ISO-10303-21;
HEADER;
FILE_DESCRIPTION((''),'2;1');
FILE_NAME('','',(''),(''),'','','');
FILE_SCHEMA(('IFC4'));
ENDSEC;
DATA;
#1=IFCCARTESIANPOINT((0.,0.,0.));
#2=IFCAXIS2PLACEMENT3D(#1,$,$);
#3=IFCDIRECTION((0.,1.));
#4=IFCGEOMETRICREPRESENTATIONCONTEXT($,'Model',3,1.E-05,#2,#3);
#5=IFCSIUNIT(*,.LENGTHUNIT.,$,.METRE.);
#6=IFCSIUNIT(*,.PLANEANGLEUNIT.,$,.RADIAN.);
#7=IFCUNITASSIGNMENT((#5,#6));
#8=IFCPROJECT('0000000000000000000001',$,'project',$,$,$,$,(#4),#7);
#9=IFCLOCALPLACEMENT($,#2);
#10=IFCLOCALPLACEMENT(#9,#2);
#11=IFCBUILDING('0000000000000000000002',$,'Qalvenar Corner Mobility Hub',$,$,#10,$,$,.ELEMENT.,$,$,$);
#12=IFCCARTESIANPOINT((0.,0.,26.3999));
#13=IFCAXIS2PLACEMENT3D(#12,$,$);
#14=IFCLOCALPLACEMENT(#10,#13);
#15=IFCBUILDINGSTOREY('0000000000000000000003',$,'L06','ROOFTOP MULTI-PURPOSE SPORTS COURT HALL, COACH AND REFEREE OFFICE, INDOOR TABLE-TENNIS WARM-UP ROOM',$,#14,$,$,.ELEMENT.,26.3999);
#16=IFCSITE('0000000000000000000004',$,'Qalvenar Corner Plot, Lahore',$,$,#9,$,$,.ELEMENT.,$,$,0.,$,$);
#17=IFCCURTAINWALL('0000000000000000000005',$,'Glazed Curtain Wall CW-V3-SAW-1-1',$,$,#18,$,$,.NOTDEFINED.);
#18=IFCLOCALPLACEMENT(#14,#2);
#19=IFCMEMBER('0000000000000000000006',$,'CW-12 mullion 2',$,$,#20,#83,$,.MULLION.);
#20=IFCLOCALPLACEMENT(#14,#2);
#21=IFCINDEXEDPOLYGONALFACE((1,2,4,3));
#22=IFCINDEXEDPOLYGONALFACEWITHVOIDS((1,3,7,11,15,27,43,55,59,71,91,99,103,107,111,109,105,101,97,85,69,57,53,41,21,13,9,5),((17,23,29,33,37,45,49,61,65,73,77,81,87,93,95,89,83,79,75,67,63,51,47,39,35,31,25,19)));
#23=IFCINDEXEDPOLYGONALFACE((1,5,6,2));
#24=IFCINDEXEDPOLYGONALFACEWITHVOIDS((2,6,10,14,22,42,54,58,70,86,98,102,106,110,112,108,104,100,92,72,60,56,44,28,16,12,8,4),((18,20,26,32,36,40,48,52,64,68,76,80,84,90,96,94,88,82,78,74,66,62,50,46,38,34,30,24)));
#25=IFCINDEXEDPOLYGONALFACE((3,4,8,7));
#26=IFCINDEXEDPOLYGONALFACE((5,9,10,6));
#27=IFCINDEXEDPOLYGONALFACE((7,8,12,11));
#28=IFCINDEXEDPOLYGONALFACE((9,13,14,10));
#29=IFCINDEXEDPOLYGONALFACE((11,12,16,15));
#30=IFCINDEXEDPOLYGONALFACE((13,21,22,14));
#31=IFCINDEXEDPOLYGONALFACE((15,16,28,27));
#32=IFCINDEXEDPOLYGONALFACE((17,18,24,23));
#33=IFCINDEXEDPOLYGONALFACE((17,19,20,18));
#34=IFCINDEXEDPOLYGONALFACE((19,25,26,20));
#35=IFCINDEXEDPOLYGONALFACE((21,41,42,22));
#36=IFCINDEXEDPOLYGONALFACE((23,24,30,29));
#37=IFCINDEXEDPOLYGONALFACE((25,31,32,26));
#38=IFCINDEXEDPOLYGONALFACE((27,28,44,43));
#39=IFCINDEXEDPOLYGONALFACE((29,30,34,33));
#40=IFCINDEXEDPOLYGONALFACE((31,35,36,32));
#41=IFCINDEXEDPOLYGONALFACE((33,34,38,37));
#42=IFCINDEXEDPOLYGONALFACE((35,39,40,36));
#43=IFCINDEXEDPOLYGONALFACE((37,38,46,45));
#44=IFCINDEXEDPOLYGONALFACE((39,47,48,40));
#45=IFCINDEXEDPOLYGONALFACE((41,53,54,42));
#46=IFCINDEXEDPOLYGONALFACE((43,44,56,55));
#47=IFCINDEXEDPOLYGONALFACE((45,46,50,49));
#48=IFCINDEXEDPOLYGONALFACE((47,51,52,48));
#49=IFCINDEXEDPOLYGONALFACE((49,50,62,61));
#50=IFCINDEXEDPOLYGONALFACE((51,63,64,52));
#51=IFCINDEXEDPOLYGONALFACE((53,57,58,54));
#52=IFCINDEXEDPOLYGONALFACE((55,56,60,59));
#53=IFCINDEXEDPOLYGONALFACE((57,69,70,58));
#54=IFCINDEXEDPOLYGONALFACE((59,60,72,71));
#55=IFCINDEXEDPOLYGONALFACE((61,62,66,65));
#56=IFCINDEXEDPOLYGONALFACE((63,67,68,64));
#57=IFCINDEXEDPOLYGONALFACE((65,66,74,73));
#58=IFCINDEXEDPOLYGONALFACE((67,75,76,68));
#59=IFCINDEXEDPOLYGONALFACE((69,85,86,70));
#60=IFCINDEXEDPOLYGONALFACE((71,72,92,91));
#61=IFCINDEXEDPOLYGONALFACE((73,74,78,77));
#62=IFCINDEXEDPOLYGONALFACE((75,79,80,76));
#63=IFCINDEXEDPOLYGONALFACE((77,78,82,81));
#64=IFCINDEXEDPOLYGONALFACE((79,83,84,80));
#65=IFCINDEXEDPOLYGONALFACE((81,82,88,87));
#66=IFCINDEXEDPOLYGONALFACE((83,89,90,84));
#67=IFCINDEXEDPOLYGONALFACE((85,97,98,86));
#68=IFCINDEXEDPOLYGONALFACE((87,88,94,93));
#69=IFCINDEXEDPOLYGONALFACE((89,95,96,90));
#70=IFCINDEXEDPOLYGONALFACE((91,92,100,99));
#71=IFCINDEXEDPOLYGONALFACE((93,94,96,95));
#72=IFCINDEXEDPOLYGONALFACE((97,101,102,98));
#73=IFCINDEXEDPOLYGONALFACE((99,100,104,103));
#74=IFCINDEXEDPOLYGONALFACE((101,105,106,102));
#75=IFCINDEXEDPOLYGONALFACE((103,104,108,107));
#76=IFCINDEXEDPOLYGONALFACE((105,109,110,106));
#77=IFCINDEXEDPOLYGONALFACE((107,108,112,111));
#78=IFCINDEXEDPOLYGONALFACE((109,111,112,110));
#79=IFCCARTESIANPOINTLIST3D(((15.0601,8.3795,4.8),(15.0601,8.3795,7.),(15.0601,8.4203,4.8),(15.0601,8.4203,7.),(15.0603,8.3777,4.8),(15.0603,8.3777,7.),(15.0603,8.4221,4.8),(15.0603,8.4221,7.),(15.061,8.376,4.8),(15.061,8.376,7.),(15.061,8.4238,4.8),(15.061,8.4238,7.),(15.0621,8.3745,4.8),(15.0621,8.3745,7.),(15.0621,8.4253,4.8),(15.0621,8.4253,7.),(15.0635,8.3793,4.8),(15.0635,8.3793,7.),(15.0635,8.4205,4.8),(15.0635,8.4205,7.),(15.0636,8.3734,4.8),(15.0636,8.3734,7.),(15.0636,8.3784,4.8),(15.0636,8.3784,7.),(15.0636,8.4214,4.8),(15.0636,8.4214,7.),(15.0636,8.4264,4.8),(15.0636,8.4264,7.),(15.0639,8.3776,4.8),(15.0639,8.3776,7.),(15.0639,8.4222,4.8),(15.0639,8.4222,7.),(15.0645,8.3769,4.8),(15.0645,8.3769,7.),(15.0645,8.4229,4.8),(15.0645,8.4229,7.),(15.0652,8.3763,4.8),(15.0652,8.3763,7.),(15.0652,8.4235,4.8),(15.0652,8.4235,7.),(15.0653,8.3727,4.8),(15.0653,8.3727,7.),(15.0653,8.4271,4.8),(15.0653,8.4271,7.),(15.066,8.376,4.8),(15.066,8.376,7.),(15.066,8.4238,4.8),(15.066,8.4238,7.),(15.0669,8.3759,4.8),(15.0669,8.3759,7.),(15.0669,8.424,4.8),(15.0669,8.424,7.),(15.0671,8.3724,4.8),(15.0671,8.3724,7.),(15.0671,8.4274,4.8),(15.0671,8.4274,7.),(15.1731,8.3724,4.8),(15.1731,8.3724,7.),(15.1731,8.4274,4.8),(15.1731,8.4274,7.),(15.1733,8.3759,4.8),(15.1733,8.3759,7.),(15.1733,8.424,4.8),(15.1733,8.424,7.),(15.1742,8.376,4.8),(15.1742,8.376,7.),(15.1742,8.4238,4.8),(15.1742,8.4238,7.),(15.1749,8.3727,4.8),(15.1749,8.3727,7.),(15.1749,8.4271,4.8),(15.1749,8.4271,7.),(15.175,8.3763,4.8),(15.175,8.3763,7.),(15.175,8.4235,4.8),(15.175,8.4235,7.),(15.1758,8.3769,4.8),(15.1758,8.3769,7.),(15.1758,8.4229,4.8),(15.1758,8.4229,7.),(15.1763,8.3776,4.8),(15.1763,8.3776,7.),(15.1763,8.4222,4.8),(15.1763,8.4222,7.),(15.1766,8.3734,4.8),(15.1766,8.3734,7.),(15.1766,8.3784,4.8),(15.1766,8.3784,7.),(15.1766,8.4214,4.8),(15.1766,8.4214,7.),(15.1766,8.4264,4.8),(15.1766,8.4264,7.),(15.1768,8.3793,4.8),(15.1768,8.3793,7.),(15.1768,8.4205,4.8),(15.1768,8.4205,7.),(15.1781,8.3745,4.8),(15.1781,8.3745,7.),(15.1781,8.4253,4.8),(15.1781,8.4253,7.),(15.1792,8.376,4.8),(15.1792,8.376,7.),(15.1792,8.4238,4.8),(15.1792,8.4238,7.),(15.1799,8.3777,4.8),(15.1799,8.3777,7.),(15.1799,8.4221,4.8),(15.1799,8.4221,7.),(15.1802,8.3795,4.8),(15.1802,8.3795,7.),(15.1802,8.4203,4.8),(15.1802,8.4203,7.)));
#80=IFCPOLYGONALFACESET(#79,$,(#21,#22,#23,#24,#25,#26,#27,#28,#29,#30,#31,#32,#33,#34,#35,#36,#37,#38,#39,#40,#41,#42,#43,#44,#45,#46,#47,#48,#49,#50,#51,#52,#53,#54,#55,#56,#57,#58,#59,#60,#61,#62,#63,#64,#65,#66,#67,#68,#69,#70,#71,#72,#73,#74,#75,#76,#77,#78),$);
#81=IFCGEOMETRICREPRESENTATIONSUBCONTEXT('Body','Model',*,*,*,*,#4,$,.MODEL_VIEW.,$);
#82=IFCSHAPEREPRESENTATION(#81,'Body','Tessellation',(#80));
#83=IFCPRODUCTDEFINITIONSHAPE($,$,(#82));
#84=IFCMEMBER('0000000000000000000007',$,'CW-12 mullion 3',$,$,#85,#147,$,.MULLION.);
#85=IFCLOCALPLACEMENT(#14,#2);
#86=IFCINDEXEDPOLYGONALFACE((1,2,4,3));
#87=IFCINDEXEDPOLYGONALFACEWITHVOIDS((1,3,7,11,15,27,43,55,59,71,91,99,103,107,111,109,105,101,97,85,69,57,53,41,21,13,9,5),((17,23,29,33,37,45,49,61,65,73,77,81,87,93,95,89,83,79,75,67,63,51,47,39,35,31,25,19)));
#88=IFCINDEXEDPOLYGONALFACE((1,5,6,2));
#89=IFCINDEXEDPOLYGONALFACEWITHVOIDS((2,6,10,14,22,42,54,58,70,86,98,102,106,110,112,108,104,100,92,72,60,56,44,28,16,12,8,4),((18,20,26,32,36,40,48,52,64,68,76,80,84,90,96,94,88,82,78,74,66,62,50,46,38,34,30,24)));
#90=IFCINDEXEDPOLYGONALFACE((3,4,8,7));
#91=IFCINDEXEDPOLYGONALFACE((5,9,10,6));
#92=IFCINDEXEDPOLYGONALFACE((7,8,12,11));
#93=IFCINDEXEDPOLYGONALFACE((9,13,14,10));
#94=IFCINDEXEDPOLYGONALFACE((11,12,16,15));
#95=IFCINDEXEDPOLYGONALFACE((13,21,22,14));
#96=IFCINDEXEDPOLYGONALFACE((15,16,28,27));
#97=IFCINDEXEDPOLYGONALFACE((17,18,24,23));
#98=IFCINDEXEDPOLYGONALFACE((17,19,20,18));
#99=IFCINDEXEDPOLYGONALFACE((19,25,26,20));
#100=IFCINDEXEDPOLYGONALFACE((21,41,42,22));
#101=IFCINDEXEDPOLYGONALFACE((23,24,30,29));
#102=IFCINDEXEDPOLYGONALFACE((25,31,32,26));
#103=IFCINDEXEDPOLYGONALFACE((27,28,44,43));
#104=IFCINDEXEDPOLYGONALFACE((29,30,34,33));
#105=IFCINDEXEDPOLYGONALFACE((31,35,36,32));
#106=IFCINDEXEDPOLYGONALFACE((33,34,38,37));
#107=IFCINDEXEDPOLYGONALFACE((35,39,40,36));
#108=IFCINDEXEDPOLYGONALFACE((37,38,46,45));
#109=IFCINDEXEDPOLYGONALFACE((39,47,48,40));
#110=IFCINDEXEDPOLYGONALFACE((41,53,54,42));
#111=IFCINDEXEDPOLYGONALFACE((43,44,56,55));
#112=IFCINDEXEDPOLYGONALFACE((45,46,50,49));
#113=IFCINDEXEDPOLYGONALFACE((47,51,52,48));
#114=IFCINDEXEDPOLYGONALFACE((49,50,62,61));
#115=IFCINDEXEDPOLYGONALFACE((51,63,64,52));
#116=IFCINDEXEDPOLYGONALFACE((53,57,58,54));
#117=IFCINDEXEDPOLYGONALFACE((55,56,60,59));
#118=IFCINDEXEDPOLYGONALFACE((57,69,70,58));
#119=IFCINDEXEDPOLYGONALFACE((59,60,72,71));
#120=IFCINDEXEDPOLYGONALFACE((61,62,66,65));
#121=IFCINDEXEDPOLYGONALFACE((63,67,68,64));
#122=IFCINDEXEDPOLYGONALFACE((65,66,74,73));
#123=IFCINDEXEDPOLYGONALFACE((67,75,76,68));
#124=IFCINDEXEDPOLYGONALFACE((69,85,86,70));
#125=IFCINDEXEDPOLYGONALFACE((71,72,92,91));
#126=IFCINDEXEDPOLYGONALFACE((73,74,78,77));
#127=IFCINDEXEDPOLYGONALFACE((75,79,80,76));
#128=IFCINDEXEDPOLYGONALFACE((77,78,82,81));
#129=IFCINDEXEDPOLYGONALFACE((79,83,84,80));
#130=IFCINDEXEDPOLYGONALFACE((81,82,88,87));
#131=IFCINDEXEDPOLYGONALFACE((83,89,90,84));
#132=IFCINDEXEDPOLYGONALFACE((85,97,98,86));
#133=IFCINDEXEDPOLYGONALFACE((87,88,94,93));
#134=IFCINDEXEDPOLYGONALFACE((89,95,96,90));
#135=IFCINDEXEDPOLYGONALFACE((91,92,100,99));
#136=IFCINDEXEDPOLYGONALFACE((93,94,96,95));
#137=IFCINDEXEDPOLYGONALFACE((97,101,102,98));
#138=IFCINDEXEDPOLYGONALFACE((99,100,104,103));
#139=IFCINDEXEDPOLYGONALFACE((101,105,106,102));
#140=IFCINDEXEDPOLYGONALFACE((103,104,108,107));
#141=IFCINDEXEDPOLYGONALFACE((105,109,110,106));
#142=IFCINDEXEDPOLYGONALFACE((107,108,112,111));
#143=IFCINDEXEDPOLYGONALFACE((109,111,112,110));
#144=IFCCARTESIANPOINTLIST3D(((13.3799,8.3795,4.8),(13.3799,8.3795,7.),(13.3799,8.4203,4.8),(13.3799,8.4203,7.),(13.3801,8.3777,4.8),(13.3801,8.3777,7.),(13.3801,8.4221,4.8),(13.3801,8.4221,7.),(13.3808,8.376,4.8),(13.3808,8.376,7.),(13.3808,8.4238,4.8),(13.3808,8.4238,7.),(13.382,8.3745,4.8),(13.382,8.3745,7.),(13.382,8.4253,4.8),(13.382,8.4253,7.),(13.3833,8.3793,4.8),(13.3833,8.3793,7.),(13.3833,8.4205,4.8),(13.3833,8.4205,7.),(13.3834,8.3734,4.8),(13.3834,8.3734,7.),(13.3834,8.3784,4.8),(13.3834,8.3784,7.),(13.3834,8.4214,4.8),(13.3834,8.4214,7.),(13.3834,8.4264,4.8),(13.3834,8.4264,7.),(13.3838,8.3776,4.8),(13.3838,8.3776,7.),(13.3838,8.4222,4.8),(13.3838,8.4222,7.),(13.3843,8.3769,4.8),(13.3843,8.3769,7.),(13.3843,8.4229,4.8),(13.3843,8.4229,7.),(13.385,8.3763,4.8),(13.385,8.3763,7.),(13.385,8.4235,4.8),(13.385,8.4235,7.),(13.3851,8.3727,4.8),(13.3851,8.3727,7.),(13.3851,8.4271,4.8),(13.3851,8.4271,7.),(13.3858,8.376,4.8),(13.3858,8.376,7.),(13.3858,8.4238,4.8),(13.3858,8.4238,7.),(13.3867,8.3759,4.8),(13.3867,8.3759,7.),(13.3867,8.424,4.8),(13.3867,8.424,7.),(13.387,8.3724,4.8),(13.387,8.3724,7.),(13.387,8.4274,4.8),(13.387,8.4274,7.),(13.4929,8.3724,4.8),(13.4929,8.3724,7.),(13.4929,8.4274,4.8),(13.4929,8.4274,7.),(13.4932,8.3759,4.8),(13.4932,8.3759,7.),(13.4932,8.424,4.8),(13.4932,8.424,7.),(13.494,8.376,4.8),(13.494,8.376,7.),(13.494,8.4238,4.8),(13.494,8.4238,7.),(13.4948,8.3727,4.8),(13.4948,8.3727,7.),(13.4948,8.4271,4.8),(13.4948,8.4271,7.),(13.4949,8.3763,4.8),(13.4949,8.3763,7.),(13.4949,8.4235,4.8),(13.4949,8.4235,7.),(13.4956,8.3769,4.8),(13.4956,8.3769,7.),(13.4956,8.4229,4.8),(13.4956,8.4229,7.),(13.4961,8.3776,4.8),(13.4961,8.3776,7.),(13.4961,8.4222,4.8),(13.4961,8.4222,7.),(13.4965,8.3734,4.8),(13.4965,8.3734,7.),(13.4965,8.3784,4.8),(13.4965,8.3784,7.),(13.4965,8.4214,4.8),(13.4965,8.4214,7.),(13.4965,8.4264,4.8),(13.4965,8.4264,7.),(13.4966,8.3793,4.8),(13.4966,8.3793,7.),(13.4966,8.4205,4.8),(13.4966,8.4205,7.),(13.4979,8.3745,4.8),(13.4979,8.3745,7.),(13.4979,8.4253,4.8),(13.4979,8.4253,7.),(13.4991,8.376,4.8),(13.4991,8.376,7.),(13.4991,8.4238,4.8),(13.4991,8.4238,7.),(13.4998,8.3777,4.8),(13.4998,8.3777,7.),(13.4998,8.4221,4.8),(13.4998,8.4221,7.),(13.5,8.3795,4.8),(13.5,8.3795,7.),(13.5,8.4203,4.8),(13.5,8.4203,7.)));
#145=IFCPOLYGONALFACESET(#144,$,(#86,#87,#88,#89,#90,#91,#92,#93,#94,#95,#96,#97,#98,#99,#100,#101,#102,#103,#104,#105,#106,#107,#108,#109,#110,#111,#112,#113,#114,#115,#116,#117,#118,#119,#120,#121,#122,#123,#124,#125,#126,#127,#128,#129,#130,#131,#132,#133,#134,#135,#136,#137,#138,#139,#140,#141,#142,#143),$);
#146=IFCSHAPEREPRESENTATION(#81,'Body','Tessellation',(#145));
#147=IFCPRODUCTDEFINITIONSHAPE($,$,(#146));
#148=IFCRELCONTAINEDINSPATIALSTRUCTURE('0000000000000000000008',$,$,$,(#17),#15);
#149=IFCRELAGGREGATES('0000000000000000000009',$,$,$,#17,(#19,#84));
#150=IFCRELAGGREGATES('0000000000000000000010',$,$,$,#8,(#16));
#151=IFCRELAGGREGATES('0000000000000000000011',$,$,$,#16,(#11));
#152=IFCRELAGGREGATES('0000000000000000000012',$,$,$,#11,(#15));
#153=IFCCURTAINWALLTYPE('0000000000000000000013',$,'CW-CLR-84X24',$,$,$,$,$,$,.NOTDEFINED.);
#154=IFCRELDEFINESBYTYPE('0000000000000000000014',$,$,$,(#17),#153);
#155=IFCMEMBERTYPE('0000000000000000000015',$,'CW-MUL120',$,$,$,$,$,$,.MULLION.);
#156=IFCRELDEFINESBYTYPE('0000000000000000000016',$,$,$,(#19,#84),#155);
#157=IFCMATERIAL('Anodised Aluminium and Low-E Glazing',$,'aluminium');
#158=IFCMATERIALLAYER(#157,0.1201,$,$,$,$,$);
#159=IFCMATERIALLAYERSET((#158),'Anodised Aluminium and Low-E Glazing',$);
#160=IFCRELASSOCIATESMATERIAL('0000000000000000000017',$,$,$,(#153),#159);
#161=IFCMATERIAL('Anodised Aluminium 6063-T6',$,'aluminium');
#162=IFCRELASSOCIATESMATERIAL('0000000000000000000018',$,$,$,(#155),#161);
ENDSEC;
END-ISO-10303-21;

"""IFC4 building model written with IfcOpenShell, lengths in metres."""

from ifc_helpers import new_model, si_unit, direction, frame, origin, origin_2d, place, context, subcontext, project, spatial, hollow_rectangle, extrude, material, layer, layer_set, material_profile, profile_set, type_object, element, aggregate, save


model = new_model("IFC4")

# Units and contexts
model_context = context("Model", 3, precision=1e-05, world=origin(), true_north=direction((0.0, 1.0)))
body_context = subcontext(model_context, "Body", "Model", "MODEL_VIEW")
ifc_project = project(units=[si_unit("LENGTHUNIT", "METRE"), si_unit("PLANEANGLEUNIT", "RADIAN")], contexts=[model_context])

# Site, building, storey
site_placement = place(None, origin())
site = spatial("IfcSite", under=ifc_project, at=site_placement, Name="Qalvenar Corner Plot, Lahore", CompositionType="ELEMENT", RefElevation=0.0)
building_placement = place(site_placement, origin())
building = spatial("IfcBuilding", under=site, at=building_placement, Name="Qalvenar Corner Mobility Hub", CompositionType="ELEMENT")
storey_placement = place(building_placement, frame((0.0, 0.0, 26.3999)))
storey = spatial("IfcBuildingStorey", under=building, at=storey_placement, Name="L06", Description="ROOFTOP MULTI-PURPOSE SPORTS COURT HALL, COACH AND REFEREE OFFICE, INDOOR TABLE-TENNIS WARM-UP ROOM", CompositionType="ELEMENT", Elevation=26.3999)

# Curtain wall, members
ifc_material_1 = material(Name="Anodised Aluminium and Low-E Glazing", Category="aluminium")
ifc_layer_1 = layer(ifc_material_1, 0.1201)
ifc_layer_set_1 = layer_set([ifc_layer_1], Name="Anodised Aluminium and Low-E Glazing")
curtain_wall_type = type_object("IfcCurtainWallType", Name="CW-CLR-84X24", PredefinedType="NOTDEFINED", material=ifc_layer_set_1)
curtain_wall_placement = place(storey_placement, origin())
curtain_wall = element("IfcCurtainWall", 1, at=curtain_wall_placement, inside=storey, type_object=curtain_wall_type, Name="Glazed Curtain Wall CW-V3-SAW-1-1", PredefinedType="NOTDEFINED")
ifc_material_2 = material(Name="Anodised Aluminium 6063-T6", Category="aluminium")
ifc_material_profile_1 = material_profile(ifc_material_2, hollow_rectangle(XDim=0.0549, YDim=0.1201, WallThickness=0.0034, InnerFilletRadius=0.0034, OuterFilletRadius=0.0071, at=origin_2d()), Name="RHS120x55x3.5")
ifc_profile_set_1 = profile_set([ifc_material_profile_1], Name="Anodised Aluminium 6063-T6")
member_type_1 = type_object("IfcMemberType", Name="CW-MUL120", PredefinedType="MULLION", material=ifc_profile_set_1)
member_1_placement = place(storey_placement, frame((15.1201, 8.3999, 4.8), z_axis=(0.0, 0.0, 1.0), x_axis=(0.0, -1.0, 0.0)))
member_1 = element("IfcMember", 2, at=member_1_placement, type_object=member_type_1, Name="CW-12 mullion 2", PredefinedType="MULLION", context=body_context, shape_type="SweptSolid", body=[
    extrude(hollow_rectangle(XDim=0.0549, YDim=0.1201, WallThickness=0.0034, InnerFilletRadius=0.0034, OuterFilletRadius=0.0071, at=origin_2d()), origin(), (0.0, 0.0, 1.0), 2.2),
])
member_2_placement = place(storey_placement, frame((13.4399, 8.3999, 4.8), z_axis=(0.0, 0.0, 1.0), x_axis=(0.0, -1.0, 0.0)))
member_2 = element("IfcMember", 3, at=member_2_placement, type_object=member_type_1, Name="CW-12 mullion 3", PredefinedType="MULLION", context=body_context, shape_type="SweptSolid", body=[
    extrude(hollow_rectangle(XDim=0.0549, YDim=0.1201, WallThickness=0.0034, InnerFilletRadius=0.0034, OuterFilletRadius=0.0071, at=origin_2d()), origin(), (0.0, 0.0, 1.0), 2.2),
])

aggregate(curtain_wall, [member_1, member_2])

save(model, "model.ifc")
